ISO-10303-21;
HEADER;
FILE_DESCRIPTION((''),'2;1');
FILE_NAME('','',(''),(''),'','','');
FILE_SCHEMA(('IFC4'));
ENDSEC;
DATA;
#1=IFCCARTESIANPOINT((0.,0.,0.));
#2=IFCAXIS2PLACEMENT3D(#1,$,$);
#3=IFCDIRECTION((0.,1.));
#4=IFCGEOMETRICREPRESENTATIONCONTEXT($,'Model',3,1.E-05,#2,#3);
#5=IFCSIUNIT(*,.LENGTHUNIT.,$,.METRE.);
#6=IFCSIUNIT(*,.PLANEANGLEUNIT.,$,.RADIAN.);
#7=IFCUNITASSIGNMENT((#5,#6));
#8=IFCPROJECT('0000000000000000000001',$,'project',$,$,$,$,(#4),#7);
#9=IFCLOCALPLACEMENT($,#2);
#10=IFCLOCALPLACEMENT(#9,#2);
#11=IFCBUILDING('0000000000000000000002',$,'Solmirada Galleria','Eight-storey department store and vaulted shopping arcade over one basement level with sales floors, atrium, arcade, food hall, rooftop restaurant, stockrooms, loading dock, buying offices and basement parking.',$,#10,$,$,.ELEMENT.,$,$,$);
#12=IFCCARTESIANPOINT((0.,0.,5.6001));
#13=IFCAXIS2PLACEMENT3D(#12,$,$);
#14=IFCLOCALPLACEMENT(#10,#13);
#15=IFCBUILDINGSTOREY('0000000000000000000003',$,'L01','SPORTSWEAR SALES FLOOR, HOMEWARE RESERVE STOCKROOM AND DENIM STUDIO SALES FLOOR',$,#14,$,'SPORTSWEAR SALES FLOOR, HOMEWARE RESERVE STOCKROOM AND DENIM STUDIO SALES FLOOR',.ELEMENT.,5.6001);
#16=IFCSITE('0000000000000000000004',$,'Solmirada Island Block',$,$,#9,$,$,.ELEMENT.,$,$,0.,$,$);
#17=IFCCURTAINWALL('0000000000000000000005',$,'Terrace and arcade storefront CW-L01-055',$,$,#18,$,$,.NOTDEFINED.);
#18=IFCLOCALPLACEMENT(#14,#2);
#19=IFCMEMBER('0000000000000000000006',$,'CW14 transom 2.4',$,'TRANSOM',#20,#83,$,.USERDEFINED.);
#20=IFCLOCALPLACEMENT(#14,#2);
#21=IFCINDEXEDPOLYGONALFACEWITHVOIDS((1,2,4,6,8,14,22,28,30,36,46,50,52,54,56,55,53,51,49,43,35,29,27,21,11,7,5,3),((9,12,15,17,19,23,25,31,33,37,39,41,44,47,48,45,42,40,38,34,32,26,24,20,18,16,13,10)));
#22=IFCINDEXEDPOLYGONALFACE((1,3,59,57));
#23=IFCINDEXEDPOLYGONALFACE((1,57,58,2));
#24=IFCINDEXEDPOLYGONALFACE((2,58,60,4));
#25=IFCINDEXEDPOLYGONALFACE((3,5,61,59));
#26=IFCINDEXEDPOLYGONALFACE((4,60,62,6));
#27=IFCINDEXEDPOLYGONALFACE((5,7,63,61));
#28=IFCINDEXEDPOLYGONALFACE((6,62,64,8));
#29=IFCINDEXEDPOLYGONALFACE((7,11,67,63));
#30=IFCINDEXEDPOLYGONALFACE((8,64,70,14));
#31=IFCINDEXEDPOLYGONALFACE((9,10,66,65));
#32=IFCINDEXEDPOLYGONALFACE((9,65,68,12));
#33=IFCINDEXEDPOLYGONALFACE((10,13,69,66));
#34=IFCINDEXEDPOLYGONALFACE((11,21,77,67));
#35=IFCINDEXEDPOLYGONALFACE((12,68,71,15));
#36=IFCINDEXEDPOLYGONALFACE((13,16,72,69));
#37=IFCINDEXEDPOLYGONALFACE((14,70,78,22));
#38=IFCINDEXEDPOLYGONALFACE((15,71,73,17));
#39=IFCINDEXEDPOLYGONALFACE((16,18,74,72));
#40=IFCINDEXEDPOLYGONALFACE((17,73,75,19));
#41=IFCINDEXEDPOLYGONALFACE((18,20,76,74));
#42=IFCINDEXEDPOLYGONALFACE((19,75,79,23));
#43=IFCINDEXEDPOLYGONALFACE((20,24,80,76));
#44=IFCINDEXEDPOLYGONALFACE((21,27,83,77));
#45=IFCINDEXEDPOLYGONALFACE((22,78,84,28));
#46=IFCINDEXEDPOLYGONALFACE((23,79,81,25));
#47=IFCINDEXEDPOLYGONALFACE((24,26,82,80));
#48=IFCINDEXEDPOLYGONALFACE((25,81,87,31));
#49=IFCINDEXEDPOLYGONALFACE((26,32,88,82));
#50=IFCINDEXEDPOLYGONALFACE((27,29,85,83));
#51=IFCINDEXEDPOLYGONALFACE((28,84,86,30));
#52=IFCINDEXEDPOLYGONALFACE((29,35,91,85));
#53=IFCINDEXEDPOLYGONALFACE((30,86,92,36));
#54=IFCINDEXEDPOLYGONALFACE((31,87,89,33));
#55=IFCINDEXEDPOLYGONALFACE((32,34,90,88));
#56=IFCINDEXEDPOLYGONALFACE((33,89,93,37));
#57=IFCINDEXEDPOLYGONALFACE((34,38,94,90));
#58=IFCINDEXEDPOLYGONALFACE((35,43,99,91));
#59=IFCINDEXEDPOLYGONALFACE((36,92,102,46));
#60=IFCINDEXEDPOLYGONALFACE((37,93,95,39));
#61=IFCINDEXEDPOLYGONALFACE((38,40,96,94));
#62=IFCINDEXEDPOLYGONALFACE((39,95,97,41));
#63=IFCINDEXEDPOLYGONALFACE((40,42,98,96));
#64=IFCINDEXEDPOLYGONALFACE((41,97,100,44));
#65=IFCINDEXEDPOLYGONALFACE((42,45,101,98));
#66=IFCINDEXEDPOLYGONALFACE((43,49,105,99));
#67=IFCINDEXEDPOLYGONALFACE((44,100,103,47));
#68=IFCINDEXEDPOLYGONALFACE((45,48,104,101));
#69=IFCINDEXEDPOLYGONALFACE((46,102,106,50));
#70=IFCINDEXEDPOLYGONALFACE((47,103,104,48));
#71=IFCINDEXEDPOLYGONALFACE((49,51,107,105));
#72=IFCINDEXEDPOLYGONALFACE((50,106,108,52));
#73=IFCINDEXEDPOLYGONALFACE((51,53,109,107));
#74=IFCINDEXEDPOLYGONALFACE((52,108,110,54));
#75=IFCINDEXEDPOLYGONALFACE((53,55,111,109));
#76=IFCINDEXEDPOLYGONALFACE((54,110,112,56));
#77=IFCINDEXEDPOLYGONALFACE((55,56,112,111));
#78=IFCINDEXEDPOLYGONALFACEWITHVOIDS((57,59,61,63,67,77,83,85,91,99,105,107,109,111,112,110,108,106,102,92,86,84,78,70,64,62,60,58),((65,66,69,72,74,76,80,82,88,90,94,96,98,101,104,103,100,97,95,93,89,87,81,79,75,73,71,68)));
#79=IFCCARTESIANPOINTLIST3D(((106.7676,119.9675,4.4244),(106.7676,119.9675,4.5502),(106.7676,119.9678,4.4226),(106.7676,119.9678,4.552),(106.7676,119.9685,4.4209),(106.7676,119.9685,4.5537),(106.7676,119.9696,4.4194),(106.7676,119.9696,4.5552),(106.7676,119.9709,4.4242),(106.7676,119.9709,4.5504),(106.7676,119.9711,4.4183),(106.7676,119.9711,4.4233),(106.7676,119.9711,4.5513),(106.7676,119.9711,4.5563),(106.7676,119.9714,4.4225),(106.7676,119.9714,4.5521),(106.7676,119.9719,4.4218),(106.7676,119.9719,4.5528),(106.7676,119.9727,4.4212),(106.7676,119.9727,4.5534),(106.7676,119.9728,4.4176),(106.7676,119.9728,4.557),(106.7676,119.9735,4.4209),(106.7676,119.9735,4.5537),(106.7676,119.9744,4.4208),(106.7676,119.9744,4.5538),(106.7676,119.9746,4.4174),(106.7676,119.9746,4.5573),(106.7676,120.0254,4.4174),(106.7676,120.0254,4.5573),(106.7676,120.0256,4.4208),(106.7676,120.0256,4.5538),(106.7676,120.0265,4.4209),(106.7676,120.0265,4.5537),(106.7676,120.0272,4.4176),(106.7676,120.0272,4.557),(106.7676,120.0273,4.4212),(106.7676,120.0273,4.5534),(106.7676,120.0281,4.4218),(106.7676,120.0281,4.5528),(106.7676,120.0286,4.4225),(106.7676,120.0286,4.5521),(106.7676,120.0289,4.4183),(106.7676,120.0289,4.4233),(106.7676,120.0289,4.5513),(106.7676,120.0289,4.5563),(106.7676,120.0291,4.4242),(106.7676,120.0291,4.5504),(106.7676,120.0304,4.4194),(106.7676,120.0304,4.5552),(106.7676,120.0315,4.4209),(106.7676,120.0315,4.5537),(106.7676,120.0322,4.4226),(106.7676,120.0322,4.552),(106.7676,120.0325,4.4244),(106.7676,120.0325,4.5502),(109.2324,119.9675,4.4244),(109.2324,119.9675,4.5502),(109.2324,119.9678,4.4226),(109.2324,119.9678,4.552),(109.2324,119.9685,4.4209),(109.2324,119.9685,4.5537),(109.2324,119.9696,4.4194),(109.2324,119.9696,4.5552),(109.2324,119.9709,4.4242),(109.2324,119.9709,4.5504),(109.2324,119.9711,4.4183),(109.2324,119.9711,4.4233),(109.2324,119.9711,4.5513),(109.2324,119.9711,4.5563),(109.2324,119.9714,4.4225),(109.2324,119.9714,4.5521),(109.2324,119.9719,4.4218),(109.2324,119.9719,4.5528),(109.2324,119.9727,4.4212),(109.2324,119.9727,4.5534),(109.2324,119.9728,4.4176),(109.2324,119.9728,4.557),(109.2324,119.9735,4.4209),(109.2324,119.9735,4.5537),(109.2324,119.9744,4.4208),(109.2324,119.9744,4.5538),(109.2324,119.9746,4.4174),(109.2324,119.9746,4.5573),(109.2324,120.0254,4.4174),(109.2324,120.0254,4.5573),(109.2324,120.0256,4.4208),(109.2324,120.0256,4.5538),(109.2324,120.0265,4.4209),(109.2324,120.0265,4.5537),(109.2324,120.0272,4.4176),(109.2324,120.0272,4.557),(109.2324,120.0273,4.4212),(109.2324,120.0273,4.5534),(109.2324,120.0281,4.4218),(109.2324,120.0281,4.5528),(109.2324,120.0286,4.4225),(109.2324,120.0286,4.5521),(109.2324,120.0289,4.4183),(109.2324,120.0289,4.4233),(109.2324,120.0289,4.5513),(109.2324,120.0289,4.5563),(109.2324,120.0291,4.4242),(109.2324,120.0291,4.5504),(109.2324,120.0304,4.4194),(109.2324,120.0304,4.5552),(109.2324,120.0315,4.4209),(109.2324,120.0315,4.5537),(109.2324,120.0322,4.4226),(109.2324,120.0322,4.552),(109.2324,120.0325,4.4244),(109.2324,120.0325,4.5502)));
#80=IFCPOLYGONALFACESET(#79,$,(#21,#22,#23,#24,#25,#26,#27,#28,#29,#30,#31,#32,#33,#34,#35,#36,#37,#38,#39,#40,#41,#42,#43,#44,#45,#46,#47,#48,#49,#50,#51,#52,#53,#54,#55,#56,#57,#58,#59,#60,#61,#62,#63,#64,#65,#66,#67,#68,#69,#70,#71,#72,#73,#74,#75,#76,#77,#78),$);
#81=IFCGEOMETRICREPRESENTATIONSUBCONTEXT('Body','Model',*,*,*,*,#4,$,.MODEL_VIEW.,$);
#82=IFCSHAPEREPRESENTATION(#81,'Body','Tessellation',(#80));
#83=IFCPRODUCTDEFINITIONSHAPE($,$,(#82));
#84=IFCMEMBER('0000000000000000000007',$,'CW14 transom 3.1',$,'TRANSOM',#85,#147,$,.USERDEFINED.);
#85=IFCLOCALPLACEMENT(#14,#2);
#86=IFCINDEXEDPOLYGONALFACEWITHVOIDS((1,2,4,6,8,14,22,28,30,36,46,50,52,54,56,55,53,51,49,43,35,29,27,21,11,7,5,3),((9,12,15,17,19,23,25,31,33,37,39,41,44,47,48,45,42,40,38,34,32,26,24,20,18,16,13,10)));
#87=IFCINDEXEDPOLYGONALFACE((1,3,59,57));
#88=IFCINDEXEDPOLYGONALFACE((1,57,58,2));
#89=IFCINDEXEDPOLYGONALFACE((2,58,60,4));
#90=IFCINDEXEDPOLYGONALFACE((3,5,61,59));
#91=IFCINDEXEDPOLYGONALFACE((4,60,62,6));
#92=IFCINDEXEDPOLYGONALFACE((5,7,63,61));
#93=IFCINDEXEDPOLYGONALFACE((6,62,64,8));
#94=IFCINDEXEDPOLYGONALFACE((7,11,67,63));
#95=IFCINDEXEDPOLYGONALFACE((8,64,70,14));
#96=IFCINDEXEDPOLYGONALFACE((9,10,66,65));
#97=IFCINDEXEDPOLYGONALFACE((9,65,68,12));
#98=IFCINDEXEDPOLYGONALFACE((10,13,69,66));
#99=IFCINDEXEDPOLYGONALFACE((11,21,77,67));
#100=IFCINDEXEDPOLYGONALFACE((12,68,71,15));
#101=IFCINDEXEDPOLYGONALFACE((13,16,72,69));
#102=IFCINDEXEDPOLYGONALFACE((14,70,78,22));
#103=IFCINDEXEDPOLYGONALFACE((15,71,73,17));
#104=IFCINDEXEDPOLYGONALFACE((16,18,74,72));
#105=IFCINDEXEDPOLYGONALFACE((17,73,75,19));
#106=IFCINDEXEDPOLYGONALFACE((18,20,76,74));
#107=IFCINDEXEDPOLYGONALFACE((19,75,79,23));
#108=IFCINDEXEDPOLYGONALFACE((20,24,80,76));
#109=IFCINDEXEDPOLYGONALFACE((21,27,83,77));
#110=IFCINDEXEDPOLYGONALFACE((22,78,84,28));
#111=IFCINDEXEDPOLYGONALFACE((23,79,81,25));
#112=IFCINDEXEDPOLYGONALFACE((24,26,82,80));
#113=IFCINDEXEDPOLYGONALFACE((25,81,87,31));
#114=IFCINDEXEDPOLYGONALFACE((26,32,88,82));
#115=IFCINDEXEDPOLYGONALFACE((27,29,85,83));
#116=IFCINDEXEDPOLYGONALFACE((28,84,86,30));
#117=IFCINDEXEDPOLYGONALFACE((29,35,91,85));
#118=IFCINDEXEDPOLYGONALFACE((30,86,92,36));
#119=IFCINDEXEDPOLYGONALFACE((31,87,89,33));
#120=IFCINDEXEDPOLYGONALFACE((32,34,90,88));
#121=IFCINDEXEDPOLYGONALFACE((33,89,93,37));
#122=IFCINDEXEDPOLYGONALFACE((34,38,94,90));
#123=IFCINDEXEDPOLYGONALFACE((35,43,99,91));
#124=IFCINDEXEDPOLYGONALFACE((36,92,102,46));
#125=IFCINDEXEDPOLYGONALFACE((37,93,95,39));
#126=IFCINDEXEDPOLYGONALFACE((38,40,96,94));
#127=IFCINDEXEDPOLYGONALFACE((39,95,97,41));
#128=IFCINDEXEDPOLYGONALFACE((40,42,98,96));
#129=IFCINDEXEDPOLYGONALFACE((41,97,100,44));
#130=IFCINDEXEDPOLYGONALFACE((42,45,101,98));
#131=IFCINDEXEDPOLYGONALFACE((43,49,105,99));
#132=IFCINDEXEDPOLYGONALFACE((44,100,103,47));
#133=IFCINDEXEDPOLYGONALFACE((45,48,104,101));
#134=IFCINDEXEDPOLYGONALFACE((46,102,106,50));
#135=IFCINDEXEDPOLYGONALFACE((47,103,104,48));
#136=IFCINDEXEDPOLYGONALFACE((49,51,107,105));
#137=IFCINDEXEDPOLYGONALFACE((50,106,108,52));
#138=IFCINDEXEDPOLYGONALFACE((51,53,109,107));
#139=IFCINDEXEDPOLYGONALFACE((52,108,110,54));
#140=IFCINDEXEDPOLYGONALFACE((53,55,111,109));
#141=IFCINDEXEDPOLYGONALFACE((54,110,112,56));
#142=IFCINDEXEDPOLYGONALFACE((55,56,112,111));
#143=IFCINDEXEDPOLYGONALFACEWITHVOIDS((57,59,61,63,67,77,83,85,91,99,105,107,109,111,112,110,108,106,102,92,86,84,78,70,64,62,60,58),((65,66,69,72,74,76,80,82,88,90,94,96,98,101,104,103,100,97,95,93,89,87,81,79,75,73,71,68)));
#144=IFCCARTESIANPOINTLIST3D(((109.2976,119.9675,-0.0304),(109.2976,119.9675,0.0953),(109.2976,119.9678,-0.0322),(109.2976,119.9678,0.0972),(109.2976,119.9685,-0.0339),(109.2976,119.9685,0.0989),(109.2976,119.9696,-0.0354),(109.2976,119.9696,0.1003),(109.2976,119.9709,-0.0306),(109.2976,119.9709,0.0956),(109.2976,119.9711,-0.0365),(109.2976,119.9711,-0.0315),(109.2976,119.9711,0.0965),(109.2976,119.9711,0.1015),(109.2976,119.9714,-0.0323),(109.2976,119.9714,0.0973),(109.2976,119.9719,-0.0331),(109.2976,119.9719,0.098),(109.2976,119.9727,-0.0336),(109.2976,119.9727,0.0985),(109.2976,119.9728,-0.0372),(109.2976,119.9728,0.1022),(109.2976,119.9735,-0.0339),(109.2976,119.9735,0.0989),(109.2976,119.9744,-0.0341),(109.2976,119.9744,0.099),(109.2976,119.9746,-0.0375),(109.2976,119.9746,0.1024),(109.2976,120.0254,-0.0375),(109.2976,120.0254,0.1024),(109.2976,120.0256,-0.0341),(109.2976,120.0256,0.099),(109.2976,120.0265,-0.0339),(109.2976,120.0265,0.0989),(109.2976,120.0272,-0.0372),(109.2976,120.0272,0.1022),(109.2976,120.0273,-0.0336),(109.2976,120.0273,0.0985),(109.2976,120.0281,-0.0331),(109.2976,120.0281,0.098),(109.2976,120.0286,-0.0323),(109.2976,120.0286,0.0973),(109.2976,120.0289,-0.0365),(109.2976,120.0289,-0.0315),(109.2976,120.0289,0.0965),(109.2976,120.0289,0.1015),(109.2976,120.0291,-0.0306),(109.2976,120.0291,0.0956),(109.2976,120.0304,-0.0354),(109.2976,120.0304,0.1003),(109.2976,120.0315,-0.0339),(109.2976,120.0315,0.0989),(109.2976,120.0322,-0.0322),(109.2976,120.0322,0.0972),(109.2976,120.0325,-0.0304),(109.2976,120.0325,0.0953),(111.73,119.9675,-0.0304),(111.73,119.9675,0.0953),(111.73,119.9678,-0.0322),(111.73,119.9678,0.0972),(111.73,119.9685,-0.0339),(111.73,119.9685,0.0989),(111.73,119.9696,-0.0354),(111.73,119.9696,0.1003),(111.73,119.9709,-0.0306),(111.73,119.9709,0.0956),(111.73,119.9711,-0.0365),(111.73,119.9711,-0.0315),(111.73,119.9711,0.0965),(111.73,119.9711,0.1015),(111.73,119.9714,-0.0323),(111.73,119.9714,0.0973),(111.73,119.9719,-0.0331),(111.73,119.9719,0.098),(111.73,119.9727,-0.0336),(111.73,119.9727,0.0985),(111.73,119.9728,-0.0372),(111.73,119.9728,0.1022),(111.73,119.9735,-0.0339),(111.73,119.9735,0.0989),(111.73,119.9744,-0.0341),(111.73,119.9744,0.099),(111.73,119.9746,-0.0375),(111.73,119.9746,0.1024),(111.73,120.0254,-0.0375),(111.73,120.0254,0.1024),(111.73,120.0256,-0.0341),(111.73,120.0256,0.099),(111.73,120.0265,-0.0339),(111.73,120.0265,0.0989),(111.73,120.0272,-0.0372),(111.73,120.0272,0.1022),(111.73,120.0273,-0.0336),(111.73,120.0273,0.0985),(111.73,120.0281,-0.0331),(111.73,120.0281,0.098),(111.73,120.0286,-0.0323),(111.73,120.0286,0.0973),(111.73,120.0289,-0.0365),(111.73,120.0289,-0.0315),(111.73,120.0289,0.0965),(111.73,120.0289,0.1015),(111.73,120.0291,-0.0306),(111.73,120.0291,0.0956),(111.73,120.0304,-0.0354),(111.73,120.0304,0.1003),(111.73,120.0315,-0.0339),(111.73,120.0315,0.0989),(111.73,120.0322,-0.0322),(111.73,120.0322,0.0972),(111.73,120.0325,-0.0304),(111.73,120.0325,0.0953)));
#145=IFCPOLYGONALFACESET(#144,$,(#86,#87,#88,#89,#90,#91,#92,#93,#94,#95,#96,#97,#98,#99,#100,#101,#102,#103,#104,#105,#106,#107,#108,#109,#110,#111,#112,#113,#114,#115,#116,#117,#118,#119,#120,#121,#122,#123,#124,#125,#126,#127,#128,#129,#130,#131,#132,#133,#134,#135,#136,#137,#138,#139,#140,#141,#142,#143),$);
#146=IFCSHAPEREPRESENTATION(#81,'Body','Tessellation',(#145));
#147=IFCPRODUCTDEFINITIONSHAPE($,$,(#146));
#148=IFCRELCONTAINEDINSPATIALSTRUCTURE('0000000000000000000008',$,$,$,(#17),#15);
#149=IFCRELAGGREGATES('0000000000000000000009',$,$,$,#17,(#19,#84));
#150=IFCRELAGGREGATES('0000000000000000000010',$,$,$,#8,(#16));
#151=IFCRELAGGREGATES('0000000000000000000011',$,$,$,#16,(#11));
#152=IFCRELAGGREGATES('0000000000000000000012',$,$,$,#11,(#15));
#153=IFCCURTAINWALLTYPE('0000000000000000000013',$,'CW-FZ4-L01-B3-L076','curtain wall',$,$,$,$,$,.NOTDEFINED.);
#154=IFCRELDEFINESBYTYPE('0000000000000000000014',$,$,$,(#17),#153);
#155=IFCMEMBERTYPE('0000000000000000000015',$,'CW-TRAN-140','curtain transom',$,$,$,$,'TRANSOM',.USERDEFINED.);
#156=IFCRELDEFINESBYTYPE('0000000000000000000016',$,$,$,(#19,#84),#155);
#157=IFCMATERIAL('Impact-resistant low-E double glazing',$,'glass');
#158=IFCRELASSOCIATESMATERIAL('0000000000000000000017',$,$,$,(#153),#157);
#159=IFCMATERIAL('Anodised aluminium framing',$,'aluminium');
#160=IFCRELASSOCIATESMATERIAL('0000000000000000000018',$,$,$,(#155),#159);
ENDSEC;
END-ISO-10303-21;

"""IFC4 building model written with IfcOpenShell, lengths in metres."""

from ifc_helpers import new_model, si_unit, direction, frame, origin, origin_2d, place, context, subcontext, project, spatial, hollow_rectangle, extrude, material, material_profile, profile_set, type_object, element, aggregate, save


model = new_model("IFC4")

# Units and contexts
model_context = context("Model", 3, precision=1e-05, world=origin(), true_north=direction((0.0, 1.0)))
body_context = subcontext(model_context, "Body", "Model", "MODEL_VIEW")
ifc_project = project(units=[si_unit("LENGTHUNIT", "METRE"), si_unit("PLANEANGLEUNIT", "RADIAN")], contexts=[model_context])

# Site, building, storey
site_placement = place(None, origin())
site = spatial("IfcSite", under=ifc_project, at=site_placement, Name="Solmirada Island Block", CompositionType="ELEMENT", RefElevation=0.0)
building_placement = place(site_placement, origin())
building = spatial("IfcBuilding", under=site, at=building_placement, Name="Solmirada Galleria", Description="Eight-storey department store and vaulted shopping arcade over one basement level with sales floors, atrium, arcade, food hall, rooftop restaurant, stockrooms, loading dock, buying offices and basement parking.", CompositionType="ELEMENT")
storey_placement = place(building_placement, frame((0.0, 0.0, 5.6001)))
storey = spatial("IfcBuildingStorey", under=building, at=storey_placement, Name="L01", Description="SPORTSWEAR SALES FLOOR, HOMEWARE RESERVE STOCKROOM AND DENIM STUDIO SALES FLOOR", LongName="SPORTSWEAR SALES FLOOR, HOMEWARE RESERVE STOCKROOM AND DENIM STUDIO SALES FLOOR", CompositionType="ELEMENT", Elevation=5.6001)

# Curtain wall
ifc_material_1 = material(Name="Impact-resistant low-E double glazing", Category="glass")
curtain_wall_type_1 = type_object("IfcCurtainWallType", Name="CW-FZ4-L01-B3-L076", Description="curtain wall", PredefinedType="NOTDEFINED", material=ifc_material_1)
curtain_wall_1_placement = place(storey_placement, origin())
curtain_wall_1 = element("IfcCurtainWall", 1, at=curtain_wall_1_placement, inside=storey, type_object=curtain_wall_type_1, Name="Terrace and arcade storefront CW-L01-055", PredefinedType="NOTDEFINED")
ifc_material_2 = material(Name="Anodised aluminium framing", Category="aluminium")

# Members
ifc_material_profile_1 = material_profile(ifc_material_2, hollow_rectangle(XDim=0.0649, YDim=0.1399, WallThickness=0.0034, InnerFilletRadius=0.0034, OuterFilletRadius=0.0071, at=origin_2d()), Name="ALU-TRAN-140X65")
ifc_profile_set_1 = profile_set([ifc_material_profile_1], Name="Anodised aluminium framing")
member_type_1 = type_object("IfcMemberType", Name="CW-TRAN-140", Description="curtain transom", ElementType="TRANSOM", PredefinedType="USERDEFINED", material=ifc_profile_set_1)
member_1_placement = place(storey_placement, frame((106.7676, 120.0, 4.4873), z_axis=(1.0, 0.0, 0.0), x_axis=(0.0, 1.0, 0.0)))
member_1 = element("IfcMember", 2, at=member_1_placement, type_object=member_type_1, Name="CW14 transom 2.4", ObjectType="TRANSOM", PredefinedType="USERDEFINED", context=body_context, shape_type="SweptSolid", body=[
    extrude(hollow_rectangle(XDim=0.0649, YDim=0.1399, WallThickness=0.0034, InnerFilletRadius=0.0034, OuterFilletRadius=0.0071, at=origin_2d()), origin(), (0.0, 0.0, 1.0), 2.4648),
])
member_2_placement = place(storey_placement, frame((109.2976, 120.0, 0.0325), z_axis=(1.0, 0.0, 0.0), x_axis=(0.0, 1.0, 0.0)))
member_2 = element("IfcMember", 3, at=member_2_placement, type_object=member_type_1, Name="CW14 transom 3.1", ObjectType="TRANSOM", PredefinedType="USERDEFINED", context=body_context, shape_type="SweptSolid", body=[
    extrude(hollow_rectangle(XDim=0.0649, YDim=0.1399, WallThickness=0.0034, InnerFilletRadius=0.0034, OuterFilletRadius=0.0071, at=origin_2d()), origin(), (0.0, 0.0, 1.0), 2.4324),
])

aggregate(curtain_wall_1, [member_1, member_2])

save(model, "model.ifc")
